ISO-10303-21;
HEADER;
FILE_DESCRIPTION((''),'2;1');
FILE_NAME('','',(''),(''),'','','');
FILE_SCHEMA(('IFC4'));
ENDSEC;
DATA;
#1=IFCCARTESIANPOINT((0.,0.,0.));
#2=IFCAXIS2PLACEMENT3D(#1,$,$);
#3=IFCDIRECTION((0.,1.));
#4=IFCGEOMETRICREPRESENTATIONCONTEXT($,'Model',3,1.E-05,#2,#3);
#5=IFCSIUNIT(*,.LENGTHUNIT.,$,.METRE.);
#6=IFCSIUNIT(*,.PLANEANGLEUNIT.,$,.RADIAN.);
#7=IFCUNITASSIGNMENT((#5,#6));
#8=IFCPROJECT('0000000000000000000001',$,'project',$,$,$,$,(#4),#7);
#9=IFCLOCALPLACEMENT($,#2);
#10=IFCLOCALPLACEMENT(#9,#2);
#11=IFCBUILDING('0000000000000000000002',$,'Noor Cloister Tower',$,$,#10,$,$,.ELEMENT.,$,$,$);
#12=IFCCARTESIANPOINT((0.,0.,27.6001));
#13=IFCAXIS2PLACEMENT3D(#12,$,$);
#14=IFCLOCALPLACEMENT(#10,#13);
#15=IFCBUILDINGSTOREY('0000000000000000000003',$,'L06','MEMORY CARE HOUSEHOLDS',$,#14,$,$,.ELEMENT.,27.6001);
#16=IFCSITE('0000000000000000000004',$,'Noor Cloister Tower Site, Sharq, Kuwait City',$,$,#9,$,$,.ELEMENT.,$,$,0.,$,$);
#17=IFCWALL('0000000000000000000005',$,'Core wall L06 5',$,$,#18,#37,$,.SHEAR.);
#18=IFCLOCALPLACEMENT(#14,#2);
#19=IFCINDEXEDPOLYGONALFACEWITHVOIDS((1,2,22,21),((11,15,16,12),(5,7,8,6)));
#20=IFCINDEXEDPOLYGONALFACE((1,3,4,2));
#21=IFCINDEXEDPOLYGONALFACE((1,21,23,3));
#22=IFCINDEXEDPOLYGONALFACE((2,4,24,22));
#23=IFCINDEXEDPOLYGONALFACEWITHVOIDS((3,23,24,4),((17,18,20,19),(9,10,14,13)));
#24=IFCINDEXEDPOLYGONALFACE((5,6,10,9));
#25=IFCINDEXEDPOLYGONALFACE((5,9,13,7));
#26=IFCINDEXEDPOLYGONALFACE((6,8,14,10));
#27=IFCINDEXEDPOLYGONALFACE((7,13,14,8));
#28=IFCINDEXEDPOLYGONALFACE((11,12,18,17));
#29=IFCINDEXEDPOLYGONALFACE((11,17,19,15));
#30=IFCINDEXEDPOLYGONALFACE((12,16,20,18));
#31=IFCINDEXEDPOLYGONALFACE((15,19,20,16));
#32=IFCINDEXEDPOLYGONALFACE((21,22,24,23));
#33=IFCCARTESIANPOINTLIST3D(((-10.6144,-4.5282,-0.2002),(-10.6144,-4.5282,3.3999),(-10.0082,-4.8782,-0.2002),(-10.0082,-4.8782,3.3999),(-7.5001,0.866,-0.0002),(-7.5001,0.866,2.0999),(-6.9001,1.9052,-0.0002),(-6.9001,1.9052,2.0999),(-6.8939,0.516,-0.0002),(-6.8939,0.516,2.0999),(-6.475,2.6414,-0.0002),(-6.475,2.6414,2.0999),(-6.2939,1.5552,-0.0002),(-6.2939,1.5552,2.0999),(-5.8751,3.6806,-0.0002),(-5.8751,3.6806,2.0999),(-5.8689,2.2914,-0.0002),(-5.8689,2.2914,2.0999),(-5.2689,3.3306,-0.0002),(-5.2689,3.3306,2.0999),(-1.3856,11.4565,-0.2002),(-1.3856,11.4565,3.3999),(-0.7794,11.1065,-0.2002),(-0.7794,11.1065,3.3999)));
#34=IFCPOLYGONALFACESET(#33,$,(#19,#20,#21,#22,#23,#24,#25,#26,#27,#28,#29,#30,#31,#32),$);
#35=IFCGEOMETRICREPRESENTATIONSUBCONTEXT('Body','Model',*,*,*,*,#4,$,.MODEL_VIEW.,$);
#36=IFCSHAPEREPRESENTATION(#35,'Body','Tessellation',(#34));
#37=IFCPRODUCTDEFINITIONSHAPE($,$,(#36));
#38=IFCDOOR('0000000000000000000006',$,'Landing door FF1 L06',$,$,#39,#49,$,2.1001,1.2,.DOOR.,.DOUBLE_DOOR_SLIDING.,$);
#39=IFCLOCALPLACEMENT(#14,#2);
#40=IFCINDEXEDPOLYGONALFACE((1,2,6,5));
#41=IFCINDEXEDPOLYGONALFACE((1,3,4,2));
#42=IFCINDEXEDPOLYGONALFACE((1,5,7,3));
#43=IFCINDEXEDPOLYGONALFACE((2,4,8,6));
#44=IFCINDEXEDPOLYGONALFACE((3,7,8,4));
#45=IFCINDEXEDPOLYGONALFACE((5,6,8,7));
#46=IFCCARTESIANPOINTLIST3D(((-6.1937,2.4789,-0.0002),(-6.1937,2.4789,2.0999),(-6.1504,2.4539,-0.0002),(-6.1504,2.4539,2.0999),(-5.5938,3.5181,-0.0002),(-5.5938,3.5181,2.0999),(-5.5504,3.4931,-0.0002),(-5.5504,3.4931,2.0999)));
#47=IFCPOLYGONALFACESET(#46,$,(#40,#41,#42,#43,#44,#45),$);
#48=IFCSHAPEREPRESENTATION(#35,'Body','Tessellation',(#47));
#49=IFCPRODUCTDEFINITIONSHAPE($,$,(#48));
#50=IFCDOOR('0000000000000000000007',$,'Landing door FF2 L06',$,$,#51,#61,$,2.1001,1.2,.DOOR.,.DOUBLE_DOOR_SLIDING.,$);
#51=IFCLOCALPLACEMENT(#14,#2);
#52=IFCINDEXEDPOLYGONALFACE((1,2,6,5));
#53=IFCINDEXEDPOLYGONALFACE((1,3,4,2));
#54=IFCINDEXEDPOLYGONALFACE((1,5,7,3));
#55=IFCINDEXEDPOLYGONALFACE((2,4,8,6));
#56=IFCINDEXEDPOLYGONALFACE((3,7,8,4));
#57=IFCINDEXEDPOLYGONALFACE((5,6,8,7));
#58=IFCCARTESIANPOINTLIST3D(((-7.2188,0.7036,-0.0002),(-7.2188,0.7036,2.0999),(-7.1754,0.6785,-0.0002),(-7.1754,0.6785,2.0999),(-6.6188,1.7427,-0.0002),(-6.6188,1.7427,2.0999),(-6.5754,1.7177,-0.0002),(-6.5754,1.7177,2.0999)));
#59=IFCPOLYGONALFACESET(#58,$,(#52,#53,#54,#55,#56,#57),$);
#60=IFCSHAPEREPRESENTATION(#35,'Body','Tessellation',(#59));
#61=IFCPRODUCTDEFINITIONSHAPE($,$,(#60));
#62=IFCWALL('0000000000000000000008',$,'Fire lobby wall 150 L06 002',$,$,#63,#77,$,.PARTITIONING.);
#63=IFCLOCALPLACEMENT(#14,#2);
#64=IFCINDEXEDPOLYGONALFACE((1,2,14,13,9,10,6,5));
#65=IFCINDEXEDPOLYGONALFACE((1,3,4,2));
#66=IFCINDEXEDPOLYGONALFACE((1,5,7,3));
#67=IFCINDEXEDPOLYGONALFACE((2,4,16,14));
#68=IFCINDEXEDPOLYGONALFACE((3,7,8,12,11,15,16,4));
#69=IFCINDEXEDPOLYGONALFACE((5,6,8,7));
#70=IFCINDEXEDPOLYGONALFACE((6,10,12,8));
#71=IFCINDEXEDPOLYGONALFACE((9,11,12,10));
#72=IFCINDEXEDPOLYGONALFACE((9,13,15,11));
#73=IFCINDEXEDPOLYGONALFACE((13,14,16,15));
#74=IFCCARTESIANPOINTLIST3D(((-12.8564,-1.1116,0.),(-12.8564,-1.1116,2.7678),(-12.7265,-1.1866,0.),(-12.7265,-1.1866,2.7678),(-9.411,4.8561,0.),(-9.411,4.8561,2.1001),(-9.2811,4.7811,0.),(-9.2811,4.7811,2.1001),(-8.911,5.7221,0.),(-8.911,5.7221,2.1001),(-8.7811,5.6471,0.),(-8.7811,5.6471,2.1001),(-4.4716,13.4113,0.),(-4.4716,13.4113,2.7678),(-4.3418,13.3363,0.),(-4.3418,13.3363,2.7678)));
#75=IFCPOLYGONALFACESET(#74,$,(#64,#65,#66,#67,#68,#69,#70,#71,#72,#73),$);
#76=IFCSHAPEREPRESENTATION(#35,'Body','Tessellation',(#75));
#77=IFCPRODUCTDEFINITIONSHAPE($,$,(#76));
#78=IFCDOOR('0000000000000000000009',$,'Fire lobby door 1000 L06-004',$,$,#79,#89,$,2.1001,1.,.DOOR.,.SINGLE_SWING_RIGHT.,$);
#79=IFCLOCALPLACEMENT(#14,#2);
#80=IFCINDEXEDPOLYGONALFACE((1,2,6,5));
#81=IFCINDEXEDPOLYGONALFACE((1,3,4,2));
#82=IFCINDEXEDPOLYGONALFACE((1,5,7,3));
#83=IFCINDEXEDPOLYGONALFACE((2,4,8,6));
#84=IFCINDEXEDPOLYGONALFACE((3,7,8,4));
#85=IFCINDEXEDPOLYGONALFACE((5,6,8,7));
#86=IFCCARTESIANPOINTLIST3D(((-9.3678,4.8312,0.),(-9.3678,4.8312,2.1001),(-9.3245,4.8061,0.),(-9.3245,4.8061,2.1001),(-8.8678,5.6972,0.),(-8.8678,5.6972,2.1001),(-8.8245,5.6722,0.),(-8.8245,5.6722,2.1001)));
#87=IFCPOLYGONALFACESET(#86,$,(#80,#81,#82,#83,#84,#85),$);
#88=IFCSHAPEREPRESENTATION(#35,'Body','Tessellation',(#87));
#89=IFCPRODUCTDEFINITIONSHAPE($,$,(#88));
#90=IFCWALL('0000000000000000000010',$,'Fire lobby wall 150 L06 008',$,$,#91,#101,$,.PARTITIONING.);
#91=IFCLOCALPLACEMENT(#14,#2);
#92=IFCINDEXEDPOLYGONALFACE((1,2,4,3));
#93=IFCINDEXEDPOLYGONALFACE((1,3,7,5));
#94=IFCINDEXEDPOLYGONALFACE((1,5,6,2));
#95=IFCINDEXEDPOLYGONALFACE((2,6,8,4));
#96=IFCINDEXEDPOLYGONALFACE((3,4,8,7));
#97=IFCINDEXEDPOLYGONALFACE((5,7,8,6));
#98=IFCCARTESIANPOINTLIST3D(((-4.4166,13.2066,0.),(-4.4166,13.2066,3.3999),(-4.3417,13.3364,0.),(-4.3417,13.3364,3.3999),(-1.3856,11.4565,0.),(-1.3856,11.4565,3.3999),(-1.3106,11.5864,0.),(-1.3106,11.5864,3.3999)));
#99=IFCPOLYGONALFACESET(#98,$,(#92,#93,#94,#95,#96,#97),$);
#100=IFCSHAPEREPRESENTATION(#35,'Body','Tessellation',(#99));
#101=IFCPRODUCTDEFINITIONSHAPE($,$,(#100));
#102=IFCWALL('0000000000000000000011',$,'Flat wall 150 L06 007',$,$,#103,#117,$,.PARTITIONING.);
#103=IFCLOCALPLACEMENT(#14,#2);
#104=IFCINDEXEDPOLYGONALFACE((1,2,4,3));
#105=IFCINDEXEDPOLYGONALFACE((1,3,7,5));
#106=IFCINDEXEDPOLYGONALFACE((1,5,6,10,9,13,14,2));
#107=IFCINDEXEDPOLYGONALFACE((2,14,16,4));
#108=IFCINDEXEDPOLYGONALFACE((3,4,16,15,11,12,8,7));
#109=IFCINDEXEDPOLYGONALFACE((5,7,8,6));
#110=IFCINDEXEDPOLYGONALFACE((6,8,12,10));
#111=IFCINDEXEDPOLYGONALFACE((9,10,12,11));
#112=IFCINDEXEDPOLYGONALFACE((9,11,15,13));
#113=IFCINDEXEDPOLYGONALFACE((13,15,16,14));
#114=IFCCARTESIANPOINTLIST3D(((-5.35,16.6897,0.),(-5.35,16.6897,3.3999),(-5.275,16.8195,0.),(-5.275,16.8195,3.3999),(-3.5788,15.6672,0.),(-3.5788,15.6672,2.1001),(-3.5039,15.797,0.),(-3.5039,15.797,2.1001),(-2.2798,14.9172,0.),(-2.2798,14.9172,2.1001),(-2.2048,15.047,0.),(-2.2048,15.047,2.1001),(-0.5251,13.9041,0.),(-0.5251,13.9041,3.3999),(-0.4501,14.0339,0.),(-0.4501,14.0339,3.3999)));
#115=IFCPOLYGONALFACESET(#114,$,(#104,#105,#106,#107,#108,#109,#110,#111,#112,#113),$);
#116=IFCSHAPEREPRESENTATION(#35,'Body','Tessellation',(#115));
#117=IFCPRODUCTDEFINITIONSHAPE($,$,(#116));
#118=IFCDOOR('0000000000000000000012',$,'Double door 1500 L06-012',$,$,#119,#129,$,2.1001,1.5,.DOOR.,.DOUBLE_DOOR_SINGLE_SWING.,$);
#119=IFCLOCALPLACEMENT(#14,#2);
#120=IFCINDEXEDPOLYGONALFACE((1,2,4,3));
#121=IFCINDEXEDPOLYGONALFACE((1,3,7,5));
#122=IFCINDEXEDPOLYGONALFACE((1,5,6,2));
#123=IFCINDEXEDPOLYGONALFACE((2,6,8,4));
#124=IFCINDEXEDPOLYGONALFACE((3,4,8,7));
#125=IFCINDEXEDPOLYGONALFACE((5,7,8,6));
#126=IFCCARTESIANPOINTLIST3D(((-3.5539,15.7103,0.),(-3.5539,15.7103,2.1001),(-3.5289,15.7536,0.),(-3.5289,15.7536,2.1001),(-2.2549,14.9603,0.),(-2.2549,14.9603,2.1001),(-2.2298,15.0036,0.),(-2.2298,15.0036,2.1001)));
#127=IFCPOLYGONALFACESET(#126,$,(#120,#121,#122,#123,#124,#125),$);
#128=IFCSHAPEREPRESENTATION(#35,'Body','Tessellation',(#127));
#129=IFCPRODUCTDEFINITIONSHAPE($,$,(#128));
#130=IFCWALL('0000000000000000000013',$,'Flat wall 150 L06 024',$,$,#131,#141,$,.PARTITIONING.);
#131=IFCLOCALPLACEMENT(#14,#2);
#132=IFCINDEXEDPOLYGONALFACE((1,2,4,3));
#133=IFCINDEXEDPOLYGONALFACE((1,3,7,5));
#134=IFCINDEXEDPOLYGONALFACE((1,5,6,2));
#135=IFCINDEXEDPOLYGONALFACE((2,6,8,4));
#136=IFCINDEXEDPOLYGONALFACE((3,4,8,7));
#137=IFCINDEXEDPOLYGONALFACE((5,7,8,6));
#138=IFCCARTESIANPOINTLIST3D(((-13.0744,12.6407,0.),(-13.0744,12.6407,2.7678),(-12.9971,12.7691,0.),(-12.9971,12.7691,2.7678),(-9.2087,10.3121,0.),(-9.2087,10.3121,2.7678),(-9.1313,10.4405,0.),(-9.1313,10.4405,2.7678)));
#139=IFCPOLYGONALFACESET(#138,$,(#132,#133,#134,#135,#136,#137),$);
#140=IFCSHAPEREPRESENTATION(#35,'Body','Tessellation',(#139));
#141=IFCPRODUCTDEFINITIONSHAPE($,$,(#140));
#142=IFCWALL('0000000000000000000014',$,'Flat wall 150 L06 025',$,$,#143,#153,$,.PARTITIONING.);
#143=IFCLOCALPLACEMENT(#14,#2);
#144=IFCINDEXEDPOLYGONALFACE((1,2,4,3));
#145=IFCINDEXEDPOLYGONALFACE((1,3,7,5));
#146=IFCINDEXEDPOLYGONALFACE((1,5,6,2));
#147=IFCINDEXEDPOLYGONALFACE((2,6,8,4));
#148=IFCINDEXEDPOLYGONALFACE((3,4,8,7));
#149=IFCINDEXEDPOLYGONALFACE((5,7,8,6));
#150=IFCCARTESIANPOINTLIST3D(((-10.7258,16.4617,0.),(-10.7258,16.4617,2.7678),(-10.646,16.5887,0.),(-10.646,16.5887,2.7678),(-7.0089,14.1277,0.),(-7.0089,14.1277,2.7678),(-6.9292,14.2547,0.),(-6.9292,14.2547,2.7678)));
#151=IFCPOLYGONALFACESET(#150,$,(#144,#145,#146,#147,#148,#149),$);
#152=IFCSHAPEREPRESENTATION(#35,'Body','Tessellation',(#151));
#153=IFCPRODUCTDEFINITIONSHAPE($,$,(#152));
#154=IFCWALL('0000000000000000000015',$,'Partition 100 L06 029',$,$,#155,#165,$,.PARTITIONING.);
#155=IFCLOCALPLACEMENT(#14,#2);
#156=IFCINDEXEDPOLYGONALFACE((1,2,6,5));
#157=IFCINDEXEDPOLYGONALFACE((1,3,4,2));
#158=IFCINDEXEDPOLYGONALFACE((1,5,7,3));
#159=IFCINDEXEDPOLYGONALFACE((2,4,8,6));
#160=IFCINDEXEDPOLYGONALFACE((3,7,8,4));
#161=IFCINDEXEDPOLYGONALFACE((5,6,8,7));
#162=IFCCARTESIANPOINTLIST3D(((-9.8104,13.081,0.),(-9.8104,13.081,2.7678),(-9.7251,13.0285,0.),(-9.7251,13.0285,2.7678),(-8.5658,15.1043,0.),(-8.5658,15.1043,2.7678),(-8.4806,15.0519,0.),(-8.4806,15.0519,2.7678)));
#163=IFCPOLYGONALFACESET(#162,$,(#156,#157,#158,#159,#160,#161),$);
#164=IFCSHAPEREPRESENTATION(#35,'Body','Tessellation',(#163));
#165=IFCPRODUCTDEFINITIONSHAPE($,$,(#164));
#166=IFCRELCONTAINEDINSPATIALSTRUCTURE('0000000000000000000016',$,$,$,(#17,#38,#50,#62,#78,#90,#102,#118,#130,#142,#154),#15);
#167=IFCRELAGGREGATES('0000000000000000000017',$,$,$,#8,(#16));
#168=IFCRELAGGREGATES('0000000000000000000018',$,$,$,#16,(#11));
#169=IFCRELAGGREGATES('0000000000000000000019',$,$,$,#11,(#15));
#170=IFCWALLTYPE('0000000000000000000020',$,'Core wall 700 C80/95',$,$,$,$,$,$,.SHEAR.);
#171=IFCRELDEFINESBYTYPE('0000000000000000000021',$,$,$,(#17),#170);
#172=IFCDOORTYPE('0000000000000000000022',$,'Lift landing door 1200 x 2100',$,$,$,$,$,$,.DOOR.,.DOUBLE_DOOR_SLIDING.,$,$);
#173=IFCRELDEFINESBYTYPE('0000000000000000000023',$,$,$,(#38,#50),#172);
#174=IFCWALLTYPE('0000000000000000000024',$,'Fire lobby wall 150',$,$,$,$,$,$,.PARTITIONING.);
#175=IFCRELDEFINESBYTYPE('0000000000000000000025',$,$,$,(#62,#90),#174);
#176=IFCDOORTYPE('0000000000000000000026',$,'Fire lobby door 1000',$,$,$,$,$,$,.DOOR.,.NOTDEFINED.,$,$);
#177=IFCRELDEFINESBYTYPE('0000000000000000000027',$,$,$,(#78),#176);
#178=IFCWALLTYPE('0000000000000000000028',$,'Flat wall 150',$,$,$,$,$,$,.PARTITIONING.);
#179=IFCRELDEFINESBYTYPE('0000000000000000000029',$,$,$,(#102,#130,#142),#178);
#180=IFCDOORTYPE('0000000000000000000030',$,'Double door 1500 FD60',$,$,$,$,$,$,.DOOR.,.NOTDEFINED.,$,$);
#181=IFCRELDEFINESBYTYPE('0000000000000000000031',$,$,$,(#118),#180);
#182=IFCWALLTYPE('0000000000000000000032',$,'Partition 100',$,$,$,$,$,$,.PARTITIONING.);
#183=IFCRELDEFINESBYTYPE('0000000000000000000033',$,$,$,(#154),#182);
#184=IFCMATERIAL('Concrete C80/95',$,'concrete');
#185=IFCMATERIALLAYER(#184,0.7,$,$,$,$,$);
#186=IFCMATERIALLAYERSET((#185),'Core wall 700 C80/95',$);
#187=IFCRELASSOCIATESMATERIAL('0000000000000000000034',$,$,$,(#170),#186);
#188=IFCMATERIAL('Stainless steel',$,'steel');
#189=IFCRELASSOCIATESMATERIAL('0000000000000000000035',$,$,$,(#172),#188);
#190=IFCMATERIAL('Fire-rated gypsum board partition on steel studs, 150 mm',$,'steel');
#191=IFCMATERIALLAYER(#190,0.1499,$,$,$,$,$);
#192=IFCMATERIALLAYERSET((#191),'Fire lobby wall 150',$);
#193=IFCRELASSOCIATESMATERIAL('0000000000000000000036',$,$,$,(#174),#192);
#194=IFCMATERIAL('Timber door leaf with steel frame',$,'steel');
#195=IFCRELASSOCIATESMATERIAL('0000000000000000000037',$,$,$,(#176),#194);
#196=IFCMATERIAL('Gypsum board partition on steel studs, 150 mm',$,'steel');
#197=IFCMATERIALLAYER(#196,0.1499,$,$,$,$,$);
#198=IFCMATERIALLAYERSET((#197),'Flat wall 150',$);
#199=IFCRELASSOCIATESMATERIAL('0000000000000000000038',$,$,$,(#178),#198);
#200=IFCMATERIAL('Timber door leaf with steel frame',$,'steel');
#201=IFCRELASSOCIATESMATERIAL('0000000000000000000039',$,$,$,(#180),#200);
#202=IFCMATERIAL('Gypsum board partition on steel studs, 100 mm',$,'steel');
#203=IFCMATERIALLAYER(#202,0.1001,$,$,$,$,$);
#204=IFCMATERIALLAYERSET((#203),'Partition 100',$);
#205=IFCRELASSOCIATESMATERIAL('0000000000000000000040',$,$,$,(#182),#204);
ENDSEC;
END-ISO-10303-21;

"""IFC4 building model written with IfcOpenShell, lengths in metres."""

from ifc_helpers import new_model, si_unit, direction, frame, frame_2d, origin, place, context, subcontext, project, spatial, rectangle, extrude, material, layer, layer_set, type_object, element, fill, save


model = new_model("IFC4")

# Units and contexts
model_context = context("Model", 3, precision=1e-05, world=origin(), true_north=direction((0.0, 1.0)))
body_context = subcontext(model_context, "Body", "Model", "MODEL_VIEW")
ifc_project = project(units=[si_unit("LENGTHUNIT", "METRE"), si_unit("PLANEANGLEUNIT", "RADIAN")], contexts=[model_context])

# Site, building, storey
site_placement = place(None, origin())
site = spatial("IfcSite", under=ifc_project, at=site_placement, Name="Noor Cloister Tower Site, Sharq, Kuwait City", CompositionType="ELEMENT", RefElevation=0.0)
building_placement = place(site_placement, origin())
building = spatial("IfcBuilding", under=site, at=building_placement, Name="Noor Cloister Tower", CompositionType="ELEMENT")
storey_placement = place(building_placement, frame((0.0, 0.0, 27.6001)))
storey = spatial("IfcBuildingStorey", under=building, at=storey_placement, Name="L06", Description="MEMORY CARE HOUSEHOLDS", CompositionType="ELEMENT", Elevation=27.6001)

# Wall, openings, doors
ifc_material_1 = material(Name="Concrete C80/95", Category="concrete")
ifc_layer_1 = layer(ifc_material_1, 0.7)
ifc_layer_set_1 = layer_set([ifc_layer_1], Name="Core wall 700 C80/95")
wall_type_1 = type_object("IfcWallType", Name="Core wall 700 C80/95", PredefinedType="SHEAR", material=ifc_layer_set_1)
wall_1_placement = place(storey_placement, frame((-1.0825, 11.2815, -0.2002), z_axis=(0.0, 0.0, 1.0), x_axis=(-0.500001, -0.866025, 0.0)))
wall_1 = element("IfcWall", 1, at=wall_1_placement, inside=storey, type_object=wall_type_1, Name="Core wall L06 5", PredefinedType="SHEAR", context=body_context, shape_type="SweptSolid", body=[
    extrude(rectangle(XDim=18.4575, YDim=0.7, at=frame_2d((9.2288, 0.0))), origin(), (0.0, 0.0, 1.0), 3.6001),
])
opening_1_placement = place(wall_1_placement, frame((8.9788, 0.0, 0.2)))
opening_1 = element("IfcOpeningElement", 2, at=opening_1_placement, cuts=wall_1, PredefinedType="OPENING", context=body_context, shape_type="SweptSolid", body=[
    extrude(rectangle(XDim=1.2, YDim=2.1001, at=frame_2d((0.6001, 1.05))), frame((0.0, 0.3599, 0.0), z_axis=(0.0, -1.0, 0.0), x_axis=(1.0, 0.0, 0.0)), (0.0, 0.0, 1.0), 0.72),
])
opening_2_placement = place(wall_1_placement, frame((11.0288, 0.0, 0.2)))
opening_2 = element("IfcOpeningElement", 3, at=opening_2_placement, cuts=wall_1, PredefinedType="OPENING", context=body_context, shape_type="SweptSolid", body=[
    extrude(rectangle(XDim=1.2, YDim=2.1001, at=frame_2d((0.6001, 1.05))), frame((0.0, 0.3599, 0.0), z_axis=(0.0, -1.0, 0.0), x_axis=(1.0, 0.0, 0.0)), (0.0, 0.0, 1.0), 0.72),
])
ifc_material_2 = material(Name="Stainless steel", Category="steel")
door_type_1 = type_object("IfcDoorType", Name="Lift landing door 1200 x 2100", OperationType="DOUBLE_DOOR_SLIDING", PredefinedType="DOOR", material=ifc_material_2)
door_1_placement = place(opening_1_placement, origin())
door_1 = element("IfcDoor", 4, at=door_1_placement, inside=storey, type_object=door_type_1, Name="Landing door FF1 L06", OperationType="DOUBLE_DOOR_SLIDING", OverallHeight=2.1001, OverallWidth=1.2, PredefinedType="DOOR", context=body_context, shape_type="SweptSolid", body=[
    extrude(rectangle(XDim=1.2, YDim=2.1001, at=frame_2d((0.6001, 1.05))), frame((0.0, 0.0249, 0.0), z_axis=(0.0, -1.0, 0.0), x_axis=(1.0, 0.0, 0.0)), (0.0, 0.0, 1.0), 0.05),
])
fill(opening_1, door_1)
door_2_placement = place(opening_2_placement, origin())
door_2 = element("IfcDoor", 5, at=door_2_placement, inside=storey, type_object=door_type_1, Name="Landing door FF2 L06", OperationType="DOUBLE_DOOR_SLIDING", OverallHeight=2.1001, OverallWidth=1.2, PredefinedType="DOOR", context=body_context, shape_type="SweptSolid", body=[
    extrude(rectangle(XDim=1.2, YDim=2.1001, at=frame_2d((0.6001, 1.05))), frame((0.0, 0.0249, 0.0), z_axis=(0.0, -1.0, 0.0), x_axis=(1.0, 0.0, 0.0)), (0.0, 0.0, 1.0), 0.05),
])
fill(opening_2, door_2)

# Wall, opening, door
ifc_material_3 = material(Name="Fire-rated gypsum board partition on steel studs, 150 mm", Category="steel")
ifc_layer_2 = layer(ifc_material_3, 0.1499)
ifc_layer_set_2 = layer_set([ifc_layer_2], Name="Fire lobby wall 150")
wall_type_2 = type_object("IfcWallType", Name="Fire lobby wall 150", PredefinedType="PARTITIONING", material=ifc_layer_set_2)
wall_2_placement = place(storey_placement, frame((-4.4067, 13.3738, 0.0), z_axis=(0.0, 0.0, 1.0), x_axis=(-0.499997, -0.866027, 0.0)))
wall_2 = element("IfcWall", 6, at=wall_2_placement, inside=storey, type_object=wall_type_2, Name="Fire lobby wall 150 L06 002", PredefinedType="PARTITIONING", context=body_context, shape_type="SweptSolid", body=[
    extrude(rectangle(XDim=16.7695, YDim=0.1499, at=frame_2d((8.3848, 0.0))), origin(), (0.0, 0.0, 1.0), 2.7678),
])
opening_3_placement = place(wall_2_placement, frame((8.8787, 0.0, 0.0)))
opening_3 = element("IfcOpeningElement", 7, at=opening_3_placement, cuts=wall_2, PredefinedType="OPENING", context=body_context, shape_type="SweptSolid", body=[
    extrude(rectangle(XDim=1.0, YDim=2.1001, at=frame_2d((0.5, 1.05))), frame((0.0, 0.085, 0.0), z_axis=(0.0, -1.0, 0.0), x_axis=(1.0, 0.0, 0.0)), (0.0, 0.0, 1.0), 0.1699),
])
ifc_material_4 = material(Name="Timber door leaf with steel frame", Category="steel")
door_type_2 = type_object("IfcDoorType", Name="Fire lobby door 1000", OperationType="NOTDEFINED", PredefinedType="DOOR", material=ifc_material_4)
door_3_placement = place(opening_3_placement, origin())
door_3 = element("IfcDoor", 8, at=door_3_placement, inside=storey, type_object=door_type_2, Name="Fire lobby door 1000 L06-004", OperationType="SINGLE_SWING_RIGHT", OverallHeight=2.1001, OverallWidth=1.0, PredefinedType="DOOR", context=body_context, shape_type="SweptSolid", body=[
    extrude(rectangle(XDim=1.0, YDim=2.1001, at=frame_2d((0.5, 1.05))), frame((0.0, 0.0249, 0.0), z_axis=(0.0, -1.0, 0.0), x_axis=(1.0, 0.0, 0.0)), (0.0, 0.0, 1.0), 0.05),
])
fill(opening_3, door_3)

# Wall
wall_3_placement = place(storey_placement, frame((-4.3792, 13.2715, 0.0), z_axis=(0.0, 0.0, 1.0), x_axis=(0.866019, -0.50001, 0.0)))
element("IfcWall", 9, at=wall_3_placement, inside=storey, type_object=wall_type_2, Name="Fire lobby wall 150 L06 008", PredefinedType="PARTITIONING", context=body_context, shape_type="SweptSolid", body=[
    extrude(rectangle(XDim=3.5, YDim=0.1499, at=frame_2d((1.75, 0.0))), origin(), (0.0, 0.0, 1.0), 3.3999),
])

# Wall, opening, door
ifc_material_5 = material(Name="Gypsum board partition on steel studs, 150 mm", Category="steel")
ifc_layer_3 = layer(ifc_material_5, 0.1499)
ifc_layer_set_3 = layer_set([ifc_layer_3], Name="Flat wall 150")
wall_type_3 = type_object("IfcWallType", Name="Flat wall 150", PredefinedType="PARTITIONING", material=ifc_layer_set_3)
wall_4_placement = place(storey_placement, frame((-5.3125, 16.7546, 0.0), z_axis=(0.0, 0.0, 1.0), x_axis=(0.866029, -0.499994, 0.0)))
wall_4 = element("IfcWall", 10, at=wall_4_placement, inside=storey, type_object=wall_type_3, Name="Flat wall 150 L06 007", PredefinedType="PARTITIONING", context=body_context, shape_type="SweptSolid", body=[
    extrude(rectangle(XDim=5.5713, YDim=0.1499, at=frame_2d((2.7856, 0.0))), origin(), (0.0, 0.0, 1.0), 3.3999),
])
opening_4_placement = place(wall_4_placement, frame((2.0452, 0.0, 0.0)))
opening_4 = element("IfcOpeningElement", 11, at=opening_4_placement, cuts=wall_4, PredefinedType="OPENING", context=body_context, shape_type="SweptSolid", body=[
    extrude(rectangle(XDim=1.5, YDim=2.1001, at=frame_2d((0.75, 1.05))), frame((0.0, 0.085, 0.0), z_axis=(0.0, -1.0, 0.0), x_axis=(1.0, 0.0, 0.0)), (0.0, 0.0, 1.0), 0.1699),
])
ifc_material_6 = material(Name="Timber door leaf with steel frame", Category="steel")
door_type_3 = type_object("IfcDoorType", Name="Double door 1500 FD60", OperationType="NOTDEFINED", PredefinedType="DOOR", material=ifc_material_6)
door_4_placement = place(opening_4_placement, origin())
door_4 = element("IfcDoor", 12, at=door_4_placement, inside=storey, type_object=door_type_3, Name="Double door 1500 L06-012", OperationType="DOUBLE_DOOR_SINGLE_SWING", OverallHeight=2.1001, OverallWidth=1.5, PredefinedType="DOOR", context=body_context, shape_type="SweptSolid", body=[
    extrude(rectangle(XDim=1.5, YDim=2.1001, at=frame_2d((0.75, 1.05))), frame((0.0, 0.0249, 0.0), z_axis=(0.0, -1.0, 0.0), x_axis=(1.0, 0.0, 0.0)), (0.0, 0.0, 1.0), 0.05),
])
fill(opening_4, door_4)

# Walls
wall_5_placement = place(storey_placement, frame((-13.0356, 12.7048, 0.0), z_axis=(0.0, 0.0, 1.0), x_axis=(0.856594, -0.515991, 0.0)))
element("IfcWall", 13, at=wall_5_placement, inside=storey, type_object=wall_type_3, Name="Flat wall 150 L06 024", PredefinedType="PARTITIONING", context=body_context, shape_type="SweptSolid", body=[
    extrude(rectangle(XDim=4.5129, YDim=0.1499, at=frame_2d((2.2563, 0.0))), origin(), (0.0, 0.0, 1.0), 2.7678),
])
wall_6_placement = place(storey_placement, frame((-10.6858, 16.5251, 0.0), z_axis=(0.0, 0.0, 1.0), x_axis=(0.846871, -0.531798, 0.0)))
element("IfcWall", 14, at=wall_6_placement, inside=storey, type_object=wall_type_3, Name="Flat wall 150 L06 025", PredefinedType="PARTITIONING", context=body_context, shape_type="SweptSolid", body=[
    extrude(rectangle(XDim=4.3889, YDim=0.1499, at=frame_2d((2.1943, 0.0))), origin(), (0.0, 0.0, 1.0), 2.7678),
])
ifc_material_7 = material(Name="Gypsum board partition on steel studs, 100 mm", Category="steel")
ifc_layer_4 = layer(ifc_material_7, 0.1001)
ifc_layer_set_4 = layer_set([ifc_layer_4], Name="Partition 100")
wall_type_4 = type_object("IfcWallType", Name="Partition 100", PredefinedType="PARTITIONING", material=ifc_layer_set_4)
wall_7_placement = place(storey_placement, frame((-8.5232, 15.0781, 0.0), z_axis=(0.0, 0.0, 1.0), x_axis=(-0.523925, -0.851764, 0.0)))
element("IfcWall", 15, at=wall_7_placement, inside=storey, type_object=wall_type_4, Name="Partition 100 L06 029", PredefinedType="PARTITIONING", context=body_context, shape_type="SweptSolid", body=[
    extrude(rectangle(XDim=2.3755, YDim=0.1001, at=frame_2d((1.1877, 0.0))), origin(), (0.0, 0.0, 1.0), 2.7678),
])

save(model, "model.ifc")
